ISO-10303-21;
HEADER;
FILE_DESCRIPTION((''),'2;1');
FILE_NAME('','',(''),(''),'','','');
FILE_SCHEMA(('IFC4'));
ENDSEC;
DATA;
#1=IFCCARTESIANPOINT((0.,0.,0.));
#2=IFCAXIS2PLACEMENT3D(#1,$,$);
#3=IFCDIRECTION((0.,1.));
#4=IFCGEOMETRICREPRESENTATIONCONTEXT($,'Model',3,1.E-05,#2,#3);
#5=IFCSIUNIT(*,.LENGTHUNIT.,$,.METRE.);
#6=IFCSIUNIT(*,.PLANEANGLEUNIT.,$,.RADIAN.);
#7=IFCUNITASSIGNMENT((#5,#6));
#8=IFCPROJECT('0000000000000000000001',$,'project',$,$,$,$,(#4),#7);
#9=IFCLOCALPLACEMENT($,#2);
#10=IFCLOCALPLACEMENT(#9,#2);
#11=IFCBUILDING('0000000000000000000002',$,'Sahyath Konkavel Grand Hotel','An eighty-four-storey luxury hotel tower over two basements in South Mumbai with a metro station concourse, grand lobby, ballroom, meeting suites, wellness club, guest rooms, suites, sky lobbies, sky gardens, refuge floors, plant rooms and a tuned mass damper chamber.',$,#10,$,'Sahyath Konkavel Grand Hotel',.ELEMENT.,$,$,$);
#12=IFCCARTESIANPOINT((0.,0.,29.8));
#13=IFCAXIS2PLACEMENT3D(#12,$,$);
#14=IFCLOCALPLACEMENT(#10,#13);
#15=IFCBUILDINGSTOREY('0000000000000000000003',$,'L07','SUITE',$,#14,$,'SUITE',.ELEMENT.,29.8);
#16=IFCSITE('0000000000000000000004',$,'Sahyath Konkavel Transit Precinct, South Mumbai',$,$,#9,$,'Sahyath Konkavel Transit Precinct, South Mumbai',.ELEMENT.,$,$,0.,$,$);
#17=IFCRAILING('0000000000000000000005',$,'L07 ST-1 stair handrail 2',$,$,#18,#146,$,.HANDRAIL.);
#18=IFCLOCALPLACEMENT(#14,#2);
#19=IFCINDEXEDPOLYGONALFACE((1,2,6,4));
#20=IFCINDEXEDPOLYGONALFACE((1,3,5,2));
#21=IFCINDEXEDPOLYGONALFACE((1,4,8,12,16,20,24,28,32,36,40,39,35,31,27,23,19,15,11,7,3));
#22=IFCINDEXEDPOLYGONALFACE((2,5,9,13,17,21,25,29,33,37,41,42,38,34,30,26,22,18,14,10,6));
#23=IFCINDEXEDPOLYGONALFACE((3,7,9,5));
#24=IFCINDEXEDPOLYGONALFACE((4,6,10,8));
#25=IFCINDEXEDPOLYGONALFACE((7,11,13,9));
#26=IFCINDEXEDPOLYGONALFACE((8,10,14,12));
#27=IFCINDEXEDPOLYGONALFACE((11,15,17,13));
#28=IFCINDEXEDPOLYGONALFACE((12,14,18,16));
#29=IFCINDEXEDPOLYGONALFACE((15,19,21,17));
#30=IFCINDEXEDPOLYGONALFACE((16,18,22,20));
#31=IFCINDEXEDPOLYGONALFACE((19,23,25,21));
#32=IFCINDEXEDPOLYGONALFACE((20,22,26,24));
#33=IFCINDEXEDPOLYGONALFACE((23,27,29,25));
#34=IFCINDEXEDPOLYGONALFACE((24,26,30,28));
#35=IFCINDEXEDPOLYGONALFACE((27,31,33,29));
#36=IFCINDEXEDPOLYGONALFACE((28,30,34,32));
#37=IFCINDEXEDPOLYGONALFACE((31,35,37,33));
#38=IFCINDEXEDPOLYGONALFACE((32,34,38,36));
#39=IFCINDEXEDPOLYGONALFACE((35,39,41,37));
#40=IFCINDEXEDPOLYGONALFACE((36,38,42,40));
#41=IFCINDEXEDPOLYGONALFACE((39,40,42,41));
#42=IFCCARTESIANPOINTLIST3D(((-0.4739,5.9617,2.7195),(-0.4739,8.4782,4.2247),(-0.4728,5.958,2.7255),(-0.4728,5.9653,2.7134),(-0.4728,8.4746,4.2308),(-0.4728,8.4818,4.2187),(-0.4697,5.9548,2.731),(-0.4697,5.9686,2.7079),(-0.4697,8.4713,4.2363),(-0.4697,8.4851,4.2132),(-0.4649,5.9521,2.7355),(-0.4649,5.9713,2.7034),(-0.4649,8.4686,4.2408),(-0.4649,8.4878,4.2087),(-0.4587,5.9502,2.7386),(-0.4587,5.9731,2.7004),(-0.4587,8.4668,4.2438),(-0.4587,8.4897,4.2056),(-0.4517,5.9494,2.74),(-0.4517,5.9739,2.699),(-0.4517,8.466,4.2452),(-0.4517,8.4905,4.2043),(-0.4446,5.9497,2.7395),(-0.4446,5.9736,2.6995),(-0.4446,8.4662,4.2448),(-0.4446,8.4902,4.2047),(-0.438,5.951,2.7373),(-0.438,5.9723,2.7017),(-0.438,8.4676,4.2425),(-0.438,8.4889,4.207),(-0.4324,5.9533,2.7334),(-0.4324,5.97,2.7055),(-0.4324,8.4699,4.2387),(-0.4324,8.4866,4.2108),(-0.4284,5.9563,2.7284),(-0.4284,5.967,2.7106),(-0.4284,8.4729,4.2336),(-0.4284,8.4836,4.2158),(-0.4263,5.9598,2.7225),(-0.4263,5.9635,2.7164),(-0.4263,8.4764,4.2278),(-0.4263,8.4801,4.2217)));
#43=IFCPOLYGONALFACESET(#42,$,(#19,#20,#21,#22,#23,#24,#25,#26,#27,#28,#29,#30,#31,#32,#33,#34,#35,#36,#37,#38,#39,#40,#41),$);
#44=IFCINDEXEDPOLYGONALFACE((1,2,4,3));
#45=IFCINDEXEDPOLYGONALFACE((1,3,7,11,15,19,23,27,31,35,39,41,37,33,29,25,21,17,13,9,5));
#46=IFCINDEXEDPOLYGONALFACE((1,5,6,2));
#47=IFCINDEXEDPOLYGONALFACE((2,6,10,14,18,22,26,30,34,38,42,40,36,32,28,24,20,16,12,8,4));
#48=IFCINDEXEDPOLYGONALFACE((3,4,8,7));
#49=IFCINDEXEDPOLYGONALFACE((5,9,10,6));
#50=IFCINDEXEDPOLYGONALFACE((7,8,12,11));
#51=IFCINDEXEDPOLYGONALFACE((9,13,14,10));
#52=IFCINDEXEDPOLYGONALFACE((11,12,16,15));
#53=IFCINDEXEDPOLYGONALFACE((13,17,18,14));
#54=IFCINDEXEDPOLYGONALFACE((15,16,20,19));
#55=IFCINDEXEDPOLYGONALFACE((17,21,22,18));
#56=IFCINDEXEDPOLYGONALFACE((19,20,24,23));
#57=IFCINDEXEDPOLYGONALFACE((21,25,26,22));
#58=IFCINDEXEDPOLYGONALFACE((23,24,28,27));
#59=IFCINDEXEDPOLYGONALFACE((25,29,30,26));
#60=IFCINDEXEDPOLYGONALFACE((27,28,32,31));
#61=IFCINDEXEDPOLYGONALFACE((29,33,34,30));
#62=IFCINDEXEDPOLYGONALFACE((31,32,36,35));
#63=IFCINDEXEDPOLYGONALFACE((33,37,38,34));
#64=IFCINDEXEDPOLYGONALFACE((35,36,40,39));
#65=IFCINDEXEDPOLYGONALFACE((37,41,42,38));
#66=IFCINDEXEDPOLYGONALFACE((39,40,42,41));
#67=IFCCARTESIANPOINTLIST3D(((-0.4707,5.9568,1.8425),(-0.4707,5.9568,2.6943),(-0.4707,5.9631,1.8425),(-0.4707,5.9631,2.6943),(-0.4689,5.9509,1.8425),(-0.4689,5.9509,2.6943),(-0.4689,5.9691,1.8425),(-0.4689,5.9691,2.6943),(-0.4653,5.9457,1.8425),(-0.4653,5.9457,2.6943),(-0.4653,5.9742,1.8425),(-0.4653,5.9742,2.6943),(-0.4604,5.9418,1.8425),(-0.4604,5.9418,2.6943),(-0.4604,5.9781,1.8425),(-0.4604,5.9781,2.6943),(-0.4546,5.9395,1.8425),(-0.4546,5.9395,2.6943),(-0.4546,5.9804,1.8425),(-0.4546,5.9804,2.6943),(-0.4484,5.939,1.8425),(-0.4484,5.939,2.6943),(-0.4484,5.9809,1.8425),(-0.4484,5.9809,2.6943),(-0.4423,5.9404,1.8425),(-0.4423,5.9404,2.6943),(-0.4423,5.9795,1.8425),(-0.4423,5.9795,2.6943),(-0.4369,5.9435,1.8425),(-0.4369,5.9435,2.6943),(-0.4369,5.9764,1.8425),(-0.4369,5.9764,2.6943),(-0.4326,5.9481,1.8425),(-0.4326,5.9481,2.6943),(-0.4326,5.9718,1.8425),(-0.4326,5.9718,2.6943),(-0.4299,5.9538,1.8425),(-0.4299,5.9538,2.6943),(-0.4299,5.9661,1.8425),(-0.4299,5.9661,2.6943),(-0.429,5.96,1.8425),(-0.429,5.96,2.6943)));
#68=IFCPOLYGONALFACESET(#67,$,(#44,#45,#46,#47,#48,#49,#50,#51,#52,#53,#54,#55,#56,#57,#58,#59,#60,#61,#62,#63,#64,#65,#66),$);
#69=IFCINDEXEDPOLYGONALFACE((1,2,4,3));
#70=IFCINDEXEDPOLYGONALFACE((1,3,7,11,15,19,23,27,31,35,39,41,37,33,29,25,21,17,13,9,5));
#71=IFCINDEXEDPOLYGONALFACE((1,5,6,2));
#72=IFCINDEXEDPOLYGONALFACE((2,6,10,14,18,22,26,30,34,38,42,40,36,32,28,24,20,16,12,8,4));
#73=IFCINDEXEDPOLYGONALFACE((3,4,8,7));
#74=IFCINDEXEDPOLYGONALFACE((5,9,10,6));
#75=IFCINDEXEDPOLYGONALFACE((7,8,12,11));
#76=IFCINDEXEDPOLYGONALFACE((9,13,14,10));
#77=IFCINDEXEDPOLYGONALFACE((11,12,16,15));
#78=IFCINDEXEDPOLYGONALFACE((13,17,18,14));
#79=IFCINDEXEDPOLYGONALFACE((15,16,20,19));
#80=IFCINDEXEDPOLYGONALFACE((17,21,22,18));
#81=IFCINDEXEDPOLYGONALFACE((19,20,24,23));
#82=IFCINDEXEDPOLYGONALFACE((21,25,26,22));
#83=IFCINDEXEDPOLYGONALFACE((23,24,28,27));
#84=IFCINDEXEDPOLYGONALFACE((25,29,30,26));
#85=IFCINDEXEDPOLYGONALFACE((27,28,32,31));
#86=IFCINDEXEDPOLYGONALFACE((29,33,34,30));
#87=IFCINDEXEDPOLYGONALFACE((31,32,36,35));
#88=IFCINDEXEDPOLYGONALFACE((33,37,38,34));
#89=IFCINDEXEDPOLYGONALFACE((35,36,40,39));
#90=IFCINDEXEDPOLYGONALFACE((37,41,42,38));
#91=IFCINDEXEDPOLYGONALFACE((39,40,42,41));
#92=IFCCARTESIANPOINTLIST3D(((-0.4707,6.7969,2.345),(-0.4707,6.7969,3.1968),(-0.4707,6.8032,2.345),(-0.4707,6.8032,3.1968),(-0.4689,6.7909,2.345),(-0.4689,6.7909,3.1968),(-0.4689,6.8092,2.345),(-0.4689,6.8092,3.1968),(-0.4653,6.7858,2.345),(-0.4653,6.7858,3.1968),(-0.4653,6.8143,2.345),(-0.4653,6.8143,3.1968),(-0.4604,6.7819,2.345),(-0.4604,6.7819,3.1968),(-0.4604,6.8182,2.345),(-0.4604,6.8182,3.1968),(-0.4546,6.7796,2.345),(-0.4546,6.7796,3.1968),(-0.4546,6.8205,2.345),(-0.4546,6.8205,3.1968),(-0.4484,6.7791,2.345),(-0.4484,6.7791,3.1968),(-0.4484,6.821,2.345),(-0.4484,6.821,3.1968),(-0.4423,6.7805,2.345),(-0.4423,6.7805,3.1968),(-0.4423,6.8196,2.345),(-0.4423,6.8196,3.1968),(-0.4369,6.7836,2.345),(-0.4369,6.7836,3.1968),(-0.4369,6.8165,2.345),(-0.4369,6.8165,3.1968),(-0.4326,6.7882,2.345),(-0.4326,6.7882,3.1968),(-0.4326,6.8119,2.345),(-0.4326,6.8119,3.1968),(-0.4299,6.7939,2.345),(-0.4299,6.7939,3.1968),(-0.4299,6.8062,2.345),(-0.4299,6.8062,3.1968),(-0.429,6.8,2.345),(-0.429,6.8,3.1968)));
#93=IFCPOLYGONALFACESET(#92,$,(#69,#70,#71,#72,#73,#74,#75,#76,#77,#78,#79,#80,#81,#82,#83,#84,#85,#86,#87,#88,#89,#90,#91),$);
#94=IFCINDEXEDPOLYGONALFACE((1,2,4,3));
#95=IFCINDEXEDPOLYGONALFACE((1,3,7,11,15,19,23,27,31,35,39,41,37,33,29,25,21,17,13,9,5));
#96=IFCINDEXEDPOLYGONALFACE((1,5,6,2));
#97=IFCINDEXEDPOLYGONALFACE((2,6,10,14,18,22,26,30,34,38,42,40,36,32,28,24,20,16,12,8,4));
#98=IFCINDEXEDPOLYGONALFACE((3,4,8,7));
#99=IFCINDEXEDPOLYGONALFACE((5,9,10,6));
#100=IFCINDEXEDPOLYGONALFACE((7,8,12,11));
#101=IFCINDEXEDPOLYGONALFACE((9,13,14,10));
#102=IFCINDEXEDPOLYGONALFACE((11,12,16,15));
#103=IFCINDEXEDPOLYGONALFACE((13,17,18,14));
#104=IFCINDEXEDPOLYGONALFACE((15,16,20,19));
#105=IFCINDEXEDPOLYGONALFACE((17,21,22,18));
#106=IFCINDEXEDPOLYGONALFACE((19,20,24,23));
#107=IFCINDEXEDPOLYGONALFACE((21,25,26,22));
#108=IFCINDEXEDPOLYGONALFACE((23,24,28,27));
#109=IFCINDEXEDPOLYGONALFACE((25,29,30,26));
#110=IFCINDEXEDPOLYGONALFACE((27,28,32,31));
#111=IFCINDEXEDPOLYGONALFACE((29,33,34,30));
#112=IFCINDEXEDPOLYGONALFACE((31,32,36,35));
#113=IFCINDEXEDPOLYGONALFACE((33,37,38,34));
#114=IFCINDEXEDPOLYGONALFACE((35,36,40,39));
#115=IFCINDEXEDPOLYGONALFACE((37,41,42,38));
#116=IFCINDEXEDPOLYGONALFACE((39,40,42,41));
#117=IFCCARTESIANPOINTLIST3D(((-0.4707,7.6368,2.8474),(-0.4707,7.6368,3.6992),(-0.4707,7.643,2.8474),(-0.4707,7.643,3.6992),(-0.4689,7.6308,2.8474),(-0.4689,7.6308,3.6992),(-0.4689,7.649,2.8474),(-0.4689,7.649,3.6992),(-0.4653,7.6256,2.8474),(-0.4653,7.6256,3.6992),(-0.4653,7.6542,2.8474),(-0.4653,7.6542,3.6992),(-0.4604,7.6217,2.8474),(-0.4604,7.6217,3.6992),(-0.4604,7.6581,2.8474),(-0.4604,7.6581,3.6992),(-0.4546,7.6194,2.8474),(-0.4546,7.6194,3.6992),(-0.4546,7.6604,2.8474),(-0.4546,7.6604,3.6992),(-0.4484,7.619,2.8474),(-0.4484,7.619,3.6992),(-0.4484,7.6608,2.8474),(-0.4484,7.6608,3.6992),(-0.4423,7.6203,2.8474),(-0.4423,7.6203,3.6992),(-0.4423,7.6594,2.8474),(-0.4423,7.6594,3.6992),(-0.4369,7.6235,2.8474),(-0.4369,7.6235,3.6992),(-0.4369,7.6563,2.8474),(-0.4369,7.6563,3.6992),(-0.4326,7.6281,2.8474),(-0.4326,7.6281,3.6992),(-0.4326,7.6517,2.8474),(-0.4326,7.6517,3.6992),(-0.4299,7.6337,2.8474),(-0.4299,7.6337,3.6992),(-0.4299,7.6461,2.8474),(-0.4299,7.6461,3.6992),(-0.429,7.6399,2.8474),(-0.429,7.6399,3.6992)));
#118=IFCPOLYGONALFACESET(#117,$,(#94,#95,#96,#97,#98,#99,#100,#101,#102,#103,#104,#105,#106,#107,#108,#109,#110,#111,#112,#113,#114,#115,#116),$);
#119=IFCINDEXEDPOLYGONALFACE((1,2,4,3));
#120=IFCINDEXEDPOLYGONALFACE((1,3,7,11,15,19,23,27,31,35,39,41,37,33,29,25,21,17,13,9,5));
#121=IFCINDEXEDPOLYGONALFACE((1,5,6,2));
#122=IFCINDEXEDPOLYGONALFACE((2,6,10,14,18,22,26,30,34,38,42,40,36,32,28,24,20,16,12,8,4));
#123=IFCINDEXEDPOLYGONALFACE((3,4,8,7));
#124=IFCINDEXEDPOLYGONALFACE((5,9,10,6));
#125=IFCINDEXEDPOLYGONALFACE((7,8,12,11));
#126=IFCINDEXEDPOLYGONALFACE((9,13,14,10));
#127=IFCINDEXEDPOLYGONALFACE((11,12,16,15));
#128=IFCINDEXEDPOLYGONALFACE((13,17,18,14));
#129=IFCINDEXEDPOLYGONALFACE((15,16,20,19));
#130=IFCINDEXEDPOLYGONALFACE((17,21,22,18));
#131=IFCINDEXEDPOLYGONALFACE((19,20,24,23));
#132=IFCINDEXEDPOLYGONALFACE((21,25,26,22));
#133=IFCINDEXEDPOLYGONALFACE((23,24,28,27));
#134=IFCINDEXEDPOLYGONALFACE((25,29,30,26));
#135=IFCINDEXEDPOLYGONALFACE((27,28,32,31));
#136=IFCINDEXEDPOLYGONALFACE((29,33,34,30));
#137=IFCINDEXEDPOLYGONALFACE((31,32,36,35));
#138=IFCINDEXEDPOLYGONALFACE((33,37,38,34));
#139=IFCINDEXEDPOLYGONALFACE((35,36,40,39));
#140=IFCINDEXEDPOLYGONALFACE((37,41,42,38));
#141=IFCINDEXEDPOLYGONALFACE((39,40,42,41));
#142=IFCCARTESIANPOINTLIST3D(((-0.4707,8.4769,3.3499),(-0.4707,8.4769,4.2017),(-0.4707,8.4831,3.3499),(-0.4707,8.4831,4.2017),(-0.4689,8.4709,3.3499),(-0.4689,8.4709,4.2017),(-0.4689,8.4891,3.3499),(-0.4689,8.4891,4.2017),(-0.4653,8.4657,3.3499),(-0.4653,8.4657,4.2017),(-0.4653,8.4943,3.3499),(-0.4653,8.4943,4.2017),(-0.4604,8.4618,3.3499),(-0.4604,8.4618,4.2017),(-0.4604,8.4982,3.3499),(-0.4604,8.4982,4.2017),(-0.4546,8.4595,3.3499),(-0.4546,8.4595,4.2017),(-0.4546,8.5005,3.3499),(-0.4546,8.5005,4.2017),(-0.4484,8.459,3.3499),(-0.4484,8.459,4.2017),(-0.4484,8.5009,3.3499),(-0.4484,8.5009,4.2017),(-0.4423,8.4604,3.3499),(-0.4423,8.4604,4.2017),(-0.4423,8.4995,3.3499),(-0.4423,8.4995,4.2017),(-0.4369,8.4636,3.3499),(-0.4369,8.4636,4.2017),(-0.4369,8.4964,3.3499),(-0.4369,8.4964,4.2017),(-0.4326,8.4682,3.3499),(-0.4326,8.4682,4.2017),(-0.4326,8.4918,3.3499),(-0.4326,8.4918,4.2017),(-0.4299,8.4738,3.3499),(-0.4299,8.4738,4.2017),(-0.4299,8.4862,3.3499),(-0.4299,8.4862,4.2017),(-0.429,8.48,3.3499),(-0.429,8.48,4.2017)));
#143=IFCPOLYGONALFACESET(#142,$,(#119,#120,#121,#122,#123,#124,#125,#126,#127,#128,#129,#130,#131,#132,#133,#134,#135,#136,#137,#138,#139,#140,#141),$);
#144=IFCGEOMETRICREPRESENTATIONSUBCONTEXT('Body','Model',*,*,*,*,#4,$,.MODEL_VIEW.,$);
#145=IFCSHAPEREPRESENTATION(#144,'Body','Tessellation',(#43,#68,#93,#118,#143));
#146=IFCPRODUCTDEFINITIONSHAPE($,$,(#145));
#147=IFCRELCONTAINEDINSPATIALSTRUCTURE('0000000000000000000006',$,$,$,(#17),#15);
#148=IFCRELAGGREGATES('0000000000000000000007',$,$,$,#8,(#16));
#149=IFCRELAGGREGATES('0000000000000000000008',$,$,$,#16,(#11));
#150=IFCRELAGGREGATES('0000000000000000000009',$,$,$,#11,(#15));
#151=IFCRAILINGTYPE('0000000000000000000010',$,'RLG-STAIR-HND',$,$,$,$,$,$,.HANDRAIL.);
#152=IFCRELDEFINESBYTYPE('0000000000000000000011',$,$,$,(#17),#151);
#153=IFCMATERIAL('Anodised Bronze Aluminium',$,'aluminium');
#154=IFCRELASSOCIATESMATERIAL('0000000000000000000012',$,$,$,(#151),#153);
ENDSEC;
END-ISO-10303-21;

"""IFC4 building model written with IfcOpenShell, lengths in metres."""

from ifc_helpers import new_model, si_unit, direction, frame, origin, origin_2d, place, context, subcontext, project, spatial, circle, extrude, material, type_object, element, save


model = new_model("IFC4")

# Units and contexts
model_context = context("Model", 3, precision=1e-05, world=origin(), true_north=direction((0.0, 1.0)))
body_context = subcontext(model_context, "Body", "Model", "MODEL_VIEW")
ifc_project = project(units=[si_unit("LENGTHUNIT", "METRE"), si_unit("PLANEANGLEUNIT", "RADIAN")], contexts=[model_context])

# Site, building, storey
site_placement = place(None, origin())
site = spatial("IfcSite", under=ifc_project, at=site_placement, Name="Sahyath Konkavel Transit Precinct, South Mumbai", LongName="Sahyath Konkavel Transit Precinct, South Mumbai", CompositionType="ELEMENT", RefElevation=0.0)
building_placement = place(site_placement, origin())
building = spatial("IfcBuilding", under=site, at=building_placement, Name="Sahyath Konkavel Grand Hotel", Description="An eighty-four-storey luxury hotel tower over two basements in South Mumbai with a metro station concourse, grand lobby, ballroom, meeting suites, wellness club, guest rooms, suites, sky lobbies, sky gardens, refuge floors, plant rooms and a tuned mass damper chamber.", LongName="Sahyath Konkavel Grand Hotel", CompositionType="ELEMENT")
storey_placement = place(building_placement, frame((0.0, 0.0, 29.8)))
storey = spatial("IfcBuildingStorey", under=building, at=storey_placement, Name="L07", Description="SUITE", LongName="SUITE", CompositionType="ELEMENT", Elevation=29.8)

# Shared definitions
ifc_material_1 = material(Name="Anodised Bronze Aluminium", Category="aluminium")

# Railing
railing_type_1 = type_object("IfcRailingType", Name="RLG-STAIR-HND", PredefinedType="HANDRAIL", material=ifc_material_1)
railing_1_placement = place(storey_placement, frame((-0.45, 5.96, 1.8425)))
element("IfcRailing", 1, at=railing_1_placement, inside=storey, type_object=railing_type_1, Name="L07 ST-1 stair handrail 2", PredefinedType="HANDRAIL", context=body_context, shape_type="SweptSolid", body=[
    extrude(circle(Radius=0.0239, at=origin_2d()), frame((0.0, 0.0017, 0.877), z_axis=(0.0, 0.858196, 0.513321), x_axis=(-1.0, 0.0, 0.0)), (0.0, 0.0, 1.0), 2.9324),
    extrude(circle(Radius=0.021, at=origin_2d()), origin(), (0.0, 0.0, 1.0), 0.8518),
    extrude(circle(Radius=0.021, at=origin_2d()), frame((0.0, 0.8401, 0.5024)), (0.0, 0.0, 1.0), 0.8518),
    extrude(circle(Radius=0.021, at=origin_2d()), frame((0.0, 1.6799, 1.0049)), (0.0, 0.0, 1.0), 0.8518),
    extrude(circle(Radius=0.021, at=origin_2d()), frame((0.0, 2.52, 1.5073)), (0.0, 0.0, 1.0), 0.8518),
])

save(model, "model.ifc")
